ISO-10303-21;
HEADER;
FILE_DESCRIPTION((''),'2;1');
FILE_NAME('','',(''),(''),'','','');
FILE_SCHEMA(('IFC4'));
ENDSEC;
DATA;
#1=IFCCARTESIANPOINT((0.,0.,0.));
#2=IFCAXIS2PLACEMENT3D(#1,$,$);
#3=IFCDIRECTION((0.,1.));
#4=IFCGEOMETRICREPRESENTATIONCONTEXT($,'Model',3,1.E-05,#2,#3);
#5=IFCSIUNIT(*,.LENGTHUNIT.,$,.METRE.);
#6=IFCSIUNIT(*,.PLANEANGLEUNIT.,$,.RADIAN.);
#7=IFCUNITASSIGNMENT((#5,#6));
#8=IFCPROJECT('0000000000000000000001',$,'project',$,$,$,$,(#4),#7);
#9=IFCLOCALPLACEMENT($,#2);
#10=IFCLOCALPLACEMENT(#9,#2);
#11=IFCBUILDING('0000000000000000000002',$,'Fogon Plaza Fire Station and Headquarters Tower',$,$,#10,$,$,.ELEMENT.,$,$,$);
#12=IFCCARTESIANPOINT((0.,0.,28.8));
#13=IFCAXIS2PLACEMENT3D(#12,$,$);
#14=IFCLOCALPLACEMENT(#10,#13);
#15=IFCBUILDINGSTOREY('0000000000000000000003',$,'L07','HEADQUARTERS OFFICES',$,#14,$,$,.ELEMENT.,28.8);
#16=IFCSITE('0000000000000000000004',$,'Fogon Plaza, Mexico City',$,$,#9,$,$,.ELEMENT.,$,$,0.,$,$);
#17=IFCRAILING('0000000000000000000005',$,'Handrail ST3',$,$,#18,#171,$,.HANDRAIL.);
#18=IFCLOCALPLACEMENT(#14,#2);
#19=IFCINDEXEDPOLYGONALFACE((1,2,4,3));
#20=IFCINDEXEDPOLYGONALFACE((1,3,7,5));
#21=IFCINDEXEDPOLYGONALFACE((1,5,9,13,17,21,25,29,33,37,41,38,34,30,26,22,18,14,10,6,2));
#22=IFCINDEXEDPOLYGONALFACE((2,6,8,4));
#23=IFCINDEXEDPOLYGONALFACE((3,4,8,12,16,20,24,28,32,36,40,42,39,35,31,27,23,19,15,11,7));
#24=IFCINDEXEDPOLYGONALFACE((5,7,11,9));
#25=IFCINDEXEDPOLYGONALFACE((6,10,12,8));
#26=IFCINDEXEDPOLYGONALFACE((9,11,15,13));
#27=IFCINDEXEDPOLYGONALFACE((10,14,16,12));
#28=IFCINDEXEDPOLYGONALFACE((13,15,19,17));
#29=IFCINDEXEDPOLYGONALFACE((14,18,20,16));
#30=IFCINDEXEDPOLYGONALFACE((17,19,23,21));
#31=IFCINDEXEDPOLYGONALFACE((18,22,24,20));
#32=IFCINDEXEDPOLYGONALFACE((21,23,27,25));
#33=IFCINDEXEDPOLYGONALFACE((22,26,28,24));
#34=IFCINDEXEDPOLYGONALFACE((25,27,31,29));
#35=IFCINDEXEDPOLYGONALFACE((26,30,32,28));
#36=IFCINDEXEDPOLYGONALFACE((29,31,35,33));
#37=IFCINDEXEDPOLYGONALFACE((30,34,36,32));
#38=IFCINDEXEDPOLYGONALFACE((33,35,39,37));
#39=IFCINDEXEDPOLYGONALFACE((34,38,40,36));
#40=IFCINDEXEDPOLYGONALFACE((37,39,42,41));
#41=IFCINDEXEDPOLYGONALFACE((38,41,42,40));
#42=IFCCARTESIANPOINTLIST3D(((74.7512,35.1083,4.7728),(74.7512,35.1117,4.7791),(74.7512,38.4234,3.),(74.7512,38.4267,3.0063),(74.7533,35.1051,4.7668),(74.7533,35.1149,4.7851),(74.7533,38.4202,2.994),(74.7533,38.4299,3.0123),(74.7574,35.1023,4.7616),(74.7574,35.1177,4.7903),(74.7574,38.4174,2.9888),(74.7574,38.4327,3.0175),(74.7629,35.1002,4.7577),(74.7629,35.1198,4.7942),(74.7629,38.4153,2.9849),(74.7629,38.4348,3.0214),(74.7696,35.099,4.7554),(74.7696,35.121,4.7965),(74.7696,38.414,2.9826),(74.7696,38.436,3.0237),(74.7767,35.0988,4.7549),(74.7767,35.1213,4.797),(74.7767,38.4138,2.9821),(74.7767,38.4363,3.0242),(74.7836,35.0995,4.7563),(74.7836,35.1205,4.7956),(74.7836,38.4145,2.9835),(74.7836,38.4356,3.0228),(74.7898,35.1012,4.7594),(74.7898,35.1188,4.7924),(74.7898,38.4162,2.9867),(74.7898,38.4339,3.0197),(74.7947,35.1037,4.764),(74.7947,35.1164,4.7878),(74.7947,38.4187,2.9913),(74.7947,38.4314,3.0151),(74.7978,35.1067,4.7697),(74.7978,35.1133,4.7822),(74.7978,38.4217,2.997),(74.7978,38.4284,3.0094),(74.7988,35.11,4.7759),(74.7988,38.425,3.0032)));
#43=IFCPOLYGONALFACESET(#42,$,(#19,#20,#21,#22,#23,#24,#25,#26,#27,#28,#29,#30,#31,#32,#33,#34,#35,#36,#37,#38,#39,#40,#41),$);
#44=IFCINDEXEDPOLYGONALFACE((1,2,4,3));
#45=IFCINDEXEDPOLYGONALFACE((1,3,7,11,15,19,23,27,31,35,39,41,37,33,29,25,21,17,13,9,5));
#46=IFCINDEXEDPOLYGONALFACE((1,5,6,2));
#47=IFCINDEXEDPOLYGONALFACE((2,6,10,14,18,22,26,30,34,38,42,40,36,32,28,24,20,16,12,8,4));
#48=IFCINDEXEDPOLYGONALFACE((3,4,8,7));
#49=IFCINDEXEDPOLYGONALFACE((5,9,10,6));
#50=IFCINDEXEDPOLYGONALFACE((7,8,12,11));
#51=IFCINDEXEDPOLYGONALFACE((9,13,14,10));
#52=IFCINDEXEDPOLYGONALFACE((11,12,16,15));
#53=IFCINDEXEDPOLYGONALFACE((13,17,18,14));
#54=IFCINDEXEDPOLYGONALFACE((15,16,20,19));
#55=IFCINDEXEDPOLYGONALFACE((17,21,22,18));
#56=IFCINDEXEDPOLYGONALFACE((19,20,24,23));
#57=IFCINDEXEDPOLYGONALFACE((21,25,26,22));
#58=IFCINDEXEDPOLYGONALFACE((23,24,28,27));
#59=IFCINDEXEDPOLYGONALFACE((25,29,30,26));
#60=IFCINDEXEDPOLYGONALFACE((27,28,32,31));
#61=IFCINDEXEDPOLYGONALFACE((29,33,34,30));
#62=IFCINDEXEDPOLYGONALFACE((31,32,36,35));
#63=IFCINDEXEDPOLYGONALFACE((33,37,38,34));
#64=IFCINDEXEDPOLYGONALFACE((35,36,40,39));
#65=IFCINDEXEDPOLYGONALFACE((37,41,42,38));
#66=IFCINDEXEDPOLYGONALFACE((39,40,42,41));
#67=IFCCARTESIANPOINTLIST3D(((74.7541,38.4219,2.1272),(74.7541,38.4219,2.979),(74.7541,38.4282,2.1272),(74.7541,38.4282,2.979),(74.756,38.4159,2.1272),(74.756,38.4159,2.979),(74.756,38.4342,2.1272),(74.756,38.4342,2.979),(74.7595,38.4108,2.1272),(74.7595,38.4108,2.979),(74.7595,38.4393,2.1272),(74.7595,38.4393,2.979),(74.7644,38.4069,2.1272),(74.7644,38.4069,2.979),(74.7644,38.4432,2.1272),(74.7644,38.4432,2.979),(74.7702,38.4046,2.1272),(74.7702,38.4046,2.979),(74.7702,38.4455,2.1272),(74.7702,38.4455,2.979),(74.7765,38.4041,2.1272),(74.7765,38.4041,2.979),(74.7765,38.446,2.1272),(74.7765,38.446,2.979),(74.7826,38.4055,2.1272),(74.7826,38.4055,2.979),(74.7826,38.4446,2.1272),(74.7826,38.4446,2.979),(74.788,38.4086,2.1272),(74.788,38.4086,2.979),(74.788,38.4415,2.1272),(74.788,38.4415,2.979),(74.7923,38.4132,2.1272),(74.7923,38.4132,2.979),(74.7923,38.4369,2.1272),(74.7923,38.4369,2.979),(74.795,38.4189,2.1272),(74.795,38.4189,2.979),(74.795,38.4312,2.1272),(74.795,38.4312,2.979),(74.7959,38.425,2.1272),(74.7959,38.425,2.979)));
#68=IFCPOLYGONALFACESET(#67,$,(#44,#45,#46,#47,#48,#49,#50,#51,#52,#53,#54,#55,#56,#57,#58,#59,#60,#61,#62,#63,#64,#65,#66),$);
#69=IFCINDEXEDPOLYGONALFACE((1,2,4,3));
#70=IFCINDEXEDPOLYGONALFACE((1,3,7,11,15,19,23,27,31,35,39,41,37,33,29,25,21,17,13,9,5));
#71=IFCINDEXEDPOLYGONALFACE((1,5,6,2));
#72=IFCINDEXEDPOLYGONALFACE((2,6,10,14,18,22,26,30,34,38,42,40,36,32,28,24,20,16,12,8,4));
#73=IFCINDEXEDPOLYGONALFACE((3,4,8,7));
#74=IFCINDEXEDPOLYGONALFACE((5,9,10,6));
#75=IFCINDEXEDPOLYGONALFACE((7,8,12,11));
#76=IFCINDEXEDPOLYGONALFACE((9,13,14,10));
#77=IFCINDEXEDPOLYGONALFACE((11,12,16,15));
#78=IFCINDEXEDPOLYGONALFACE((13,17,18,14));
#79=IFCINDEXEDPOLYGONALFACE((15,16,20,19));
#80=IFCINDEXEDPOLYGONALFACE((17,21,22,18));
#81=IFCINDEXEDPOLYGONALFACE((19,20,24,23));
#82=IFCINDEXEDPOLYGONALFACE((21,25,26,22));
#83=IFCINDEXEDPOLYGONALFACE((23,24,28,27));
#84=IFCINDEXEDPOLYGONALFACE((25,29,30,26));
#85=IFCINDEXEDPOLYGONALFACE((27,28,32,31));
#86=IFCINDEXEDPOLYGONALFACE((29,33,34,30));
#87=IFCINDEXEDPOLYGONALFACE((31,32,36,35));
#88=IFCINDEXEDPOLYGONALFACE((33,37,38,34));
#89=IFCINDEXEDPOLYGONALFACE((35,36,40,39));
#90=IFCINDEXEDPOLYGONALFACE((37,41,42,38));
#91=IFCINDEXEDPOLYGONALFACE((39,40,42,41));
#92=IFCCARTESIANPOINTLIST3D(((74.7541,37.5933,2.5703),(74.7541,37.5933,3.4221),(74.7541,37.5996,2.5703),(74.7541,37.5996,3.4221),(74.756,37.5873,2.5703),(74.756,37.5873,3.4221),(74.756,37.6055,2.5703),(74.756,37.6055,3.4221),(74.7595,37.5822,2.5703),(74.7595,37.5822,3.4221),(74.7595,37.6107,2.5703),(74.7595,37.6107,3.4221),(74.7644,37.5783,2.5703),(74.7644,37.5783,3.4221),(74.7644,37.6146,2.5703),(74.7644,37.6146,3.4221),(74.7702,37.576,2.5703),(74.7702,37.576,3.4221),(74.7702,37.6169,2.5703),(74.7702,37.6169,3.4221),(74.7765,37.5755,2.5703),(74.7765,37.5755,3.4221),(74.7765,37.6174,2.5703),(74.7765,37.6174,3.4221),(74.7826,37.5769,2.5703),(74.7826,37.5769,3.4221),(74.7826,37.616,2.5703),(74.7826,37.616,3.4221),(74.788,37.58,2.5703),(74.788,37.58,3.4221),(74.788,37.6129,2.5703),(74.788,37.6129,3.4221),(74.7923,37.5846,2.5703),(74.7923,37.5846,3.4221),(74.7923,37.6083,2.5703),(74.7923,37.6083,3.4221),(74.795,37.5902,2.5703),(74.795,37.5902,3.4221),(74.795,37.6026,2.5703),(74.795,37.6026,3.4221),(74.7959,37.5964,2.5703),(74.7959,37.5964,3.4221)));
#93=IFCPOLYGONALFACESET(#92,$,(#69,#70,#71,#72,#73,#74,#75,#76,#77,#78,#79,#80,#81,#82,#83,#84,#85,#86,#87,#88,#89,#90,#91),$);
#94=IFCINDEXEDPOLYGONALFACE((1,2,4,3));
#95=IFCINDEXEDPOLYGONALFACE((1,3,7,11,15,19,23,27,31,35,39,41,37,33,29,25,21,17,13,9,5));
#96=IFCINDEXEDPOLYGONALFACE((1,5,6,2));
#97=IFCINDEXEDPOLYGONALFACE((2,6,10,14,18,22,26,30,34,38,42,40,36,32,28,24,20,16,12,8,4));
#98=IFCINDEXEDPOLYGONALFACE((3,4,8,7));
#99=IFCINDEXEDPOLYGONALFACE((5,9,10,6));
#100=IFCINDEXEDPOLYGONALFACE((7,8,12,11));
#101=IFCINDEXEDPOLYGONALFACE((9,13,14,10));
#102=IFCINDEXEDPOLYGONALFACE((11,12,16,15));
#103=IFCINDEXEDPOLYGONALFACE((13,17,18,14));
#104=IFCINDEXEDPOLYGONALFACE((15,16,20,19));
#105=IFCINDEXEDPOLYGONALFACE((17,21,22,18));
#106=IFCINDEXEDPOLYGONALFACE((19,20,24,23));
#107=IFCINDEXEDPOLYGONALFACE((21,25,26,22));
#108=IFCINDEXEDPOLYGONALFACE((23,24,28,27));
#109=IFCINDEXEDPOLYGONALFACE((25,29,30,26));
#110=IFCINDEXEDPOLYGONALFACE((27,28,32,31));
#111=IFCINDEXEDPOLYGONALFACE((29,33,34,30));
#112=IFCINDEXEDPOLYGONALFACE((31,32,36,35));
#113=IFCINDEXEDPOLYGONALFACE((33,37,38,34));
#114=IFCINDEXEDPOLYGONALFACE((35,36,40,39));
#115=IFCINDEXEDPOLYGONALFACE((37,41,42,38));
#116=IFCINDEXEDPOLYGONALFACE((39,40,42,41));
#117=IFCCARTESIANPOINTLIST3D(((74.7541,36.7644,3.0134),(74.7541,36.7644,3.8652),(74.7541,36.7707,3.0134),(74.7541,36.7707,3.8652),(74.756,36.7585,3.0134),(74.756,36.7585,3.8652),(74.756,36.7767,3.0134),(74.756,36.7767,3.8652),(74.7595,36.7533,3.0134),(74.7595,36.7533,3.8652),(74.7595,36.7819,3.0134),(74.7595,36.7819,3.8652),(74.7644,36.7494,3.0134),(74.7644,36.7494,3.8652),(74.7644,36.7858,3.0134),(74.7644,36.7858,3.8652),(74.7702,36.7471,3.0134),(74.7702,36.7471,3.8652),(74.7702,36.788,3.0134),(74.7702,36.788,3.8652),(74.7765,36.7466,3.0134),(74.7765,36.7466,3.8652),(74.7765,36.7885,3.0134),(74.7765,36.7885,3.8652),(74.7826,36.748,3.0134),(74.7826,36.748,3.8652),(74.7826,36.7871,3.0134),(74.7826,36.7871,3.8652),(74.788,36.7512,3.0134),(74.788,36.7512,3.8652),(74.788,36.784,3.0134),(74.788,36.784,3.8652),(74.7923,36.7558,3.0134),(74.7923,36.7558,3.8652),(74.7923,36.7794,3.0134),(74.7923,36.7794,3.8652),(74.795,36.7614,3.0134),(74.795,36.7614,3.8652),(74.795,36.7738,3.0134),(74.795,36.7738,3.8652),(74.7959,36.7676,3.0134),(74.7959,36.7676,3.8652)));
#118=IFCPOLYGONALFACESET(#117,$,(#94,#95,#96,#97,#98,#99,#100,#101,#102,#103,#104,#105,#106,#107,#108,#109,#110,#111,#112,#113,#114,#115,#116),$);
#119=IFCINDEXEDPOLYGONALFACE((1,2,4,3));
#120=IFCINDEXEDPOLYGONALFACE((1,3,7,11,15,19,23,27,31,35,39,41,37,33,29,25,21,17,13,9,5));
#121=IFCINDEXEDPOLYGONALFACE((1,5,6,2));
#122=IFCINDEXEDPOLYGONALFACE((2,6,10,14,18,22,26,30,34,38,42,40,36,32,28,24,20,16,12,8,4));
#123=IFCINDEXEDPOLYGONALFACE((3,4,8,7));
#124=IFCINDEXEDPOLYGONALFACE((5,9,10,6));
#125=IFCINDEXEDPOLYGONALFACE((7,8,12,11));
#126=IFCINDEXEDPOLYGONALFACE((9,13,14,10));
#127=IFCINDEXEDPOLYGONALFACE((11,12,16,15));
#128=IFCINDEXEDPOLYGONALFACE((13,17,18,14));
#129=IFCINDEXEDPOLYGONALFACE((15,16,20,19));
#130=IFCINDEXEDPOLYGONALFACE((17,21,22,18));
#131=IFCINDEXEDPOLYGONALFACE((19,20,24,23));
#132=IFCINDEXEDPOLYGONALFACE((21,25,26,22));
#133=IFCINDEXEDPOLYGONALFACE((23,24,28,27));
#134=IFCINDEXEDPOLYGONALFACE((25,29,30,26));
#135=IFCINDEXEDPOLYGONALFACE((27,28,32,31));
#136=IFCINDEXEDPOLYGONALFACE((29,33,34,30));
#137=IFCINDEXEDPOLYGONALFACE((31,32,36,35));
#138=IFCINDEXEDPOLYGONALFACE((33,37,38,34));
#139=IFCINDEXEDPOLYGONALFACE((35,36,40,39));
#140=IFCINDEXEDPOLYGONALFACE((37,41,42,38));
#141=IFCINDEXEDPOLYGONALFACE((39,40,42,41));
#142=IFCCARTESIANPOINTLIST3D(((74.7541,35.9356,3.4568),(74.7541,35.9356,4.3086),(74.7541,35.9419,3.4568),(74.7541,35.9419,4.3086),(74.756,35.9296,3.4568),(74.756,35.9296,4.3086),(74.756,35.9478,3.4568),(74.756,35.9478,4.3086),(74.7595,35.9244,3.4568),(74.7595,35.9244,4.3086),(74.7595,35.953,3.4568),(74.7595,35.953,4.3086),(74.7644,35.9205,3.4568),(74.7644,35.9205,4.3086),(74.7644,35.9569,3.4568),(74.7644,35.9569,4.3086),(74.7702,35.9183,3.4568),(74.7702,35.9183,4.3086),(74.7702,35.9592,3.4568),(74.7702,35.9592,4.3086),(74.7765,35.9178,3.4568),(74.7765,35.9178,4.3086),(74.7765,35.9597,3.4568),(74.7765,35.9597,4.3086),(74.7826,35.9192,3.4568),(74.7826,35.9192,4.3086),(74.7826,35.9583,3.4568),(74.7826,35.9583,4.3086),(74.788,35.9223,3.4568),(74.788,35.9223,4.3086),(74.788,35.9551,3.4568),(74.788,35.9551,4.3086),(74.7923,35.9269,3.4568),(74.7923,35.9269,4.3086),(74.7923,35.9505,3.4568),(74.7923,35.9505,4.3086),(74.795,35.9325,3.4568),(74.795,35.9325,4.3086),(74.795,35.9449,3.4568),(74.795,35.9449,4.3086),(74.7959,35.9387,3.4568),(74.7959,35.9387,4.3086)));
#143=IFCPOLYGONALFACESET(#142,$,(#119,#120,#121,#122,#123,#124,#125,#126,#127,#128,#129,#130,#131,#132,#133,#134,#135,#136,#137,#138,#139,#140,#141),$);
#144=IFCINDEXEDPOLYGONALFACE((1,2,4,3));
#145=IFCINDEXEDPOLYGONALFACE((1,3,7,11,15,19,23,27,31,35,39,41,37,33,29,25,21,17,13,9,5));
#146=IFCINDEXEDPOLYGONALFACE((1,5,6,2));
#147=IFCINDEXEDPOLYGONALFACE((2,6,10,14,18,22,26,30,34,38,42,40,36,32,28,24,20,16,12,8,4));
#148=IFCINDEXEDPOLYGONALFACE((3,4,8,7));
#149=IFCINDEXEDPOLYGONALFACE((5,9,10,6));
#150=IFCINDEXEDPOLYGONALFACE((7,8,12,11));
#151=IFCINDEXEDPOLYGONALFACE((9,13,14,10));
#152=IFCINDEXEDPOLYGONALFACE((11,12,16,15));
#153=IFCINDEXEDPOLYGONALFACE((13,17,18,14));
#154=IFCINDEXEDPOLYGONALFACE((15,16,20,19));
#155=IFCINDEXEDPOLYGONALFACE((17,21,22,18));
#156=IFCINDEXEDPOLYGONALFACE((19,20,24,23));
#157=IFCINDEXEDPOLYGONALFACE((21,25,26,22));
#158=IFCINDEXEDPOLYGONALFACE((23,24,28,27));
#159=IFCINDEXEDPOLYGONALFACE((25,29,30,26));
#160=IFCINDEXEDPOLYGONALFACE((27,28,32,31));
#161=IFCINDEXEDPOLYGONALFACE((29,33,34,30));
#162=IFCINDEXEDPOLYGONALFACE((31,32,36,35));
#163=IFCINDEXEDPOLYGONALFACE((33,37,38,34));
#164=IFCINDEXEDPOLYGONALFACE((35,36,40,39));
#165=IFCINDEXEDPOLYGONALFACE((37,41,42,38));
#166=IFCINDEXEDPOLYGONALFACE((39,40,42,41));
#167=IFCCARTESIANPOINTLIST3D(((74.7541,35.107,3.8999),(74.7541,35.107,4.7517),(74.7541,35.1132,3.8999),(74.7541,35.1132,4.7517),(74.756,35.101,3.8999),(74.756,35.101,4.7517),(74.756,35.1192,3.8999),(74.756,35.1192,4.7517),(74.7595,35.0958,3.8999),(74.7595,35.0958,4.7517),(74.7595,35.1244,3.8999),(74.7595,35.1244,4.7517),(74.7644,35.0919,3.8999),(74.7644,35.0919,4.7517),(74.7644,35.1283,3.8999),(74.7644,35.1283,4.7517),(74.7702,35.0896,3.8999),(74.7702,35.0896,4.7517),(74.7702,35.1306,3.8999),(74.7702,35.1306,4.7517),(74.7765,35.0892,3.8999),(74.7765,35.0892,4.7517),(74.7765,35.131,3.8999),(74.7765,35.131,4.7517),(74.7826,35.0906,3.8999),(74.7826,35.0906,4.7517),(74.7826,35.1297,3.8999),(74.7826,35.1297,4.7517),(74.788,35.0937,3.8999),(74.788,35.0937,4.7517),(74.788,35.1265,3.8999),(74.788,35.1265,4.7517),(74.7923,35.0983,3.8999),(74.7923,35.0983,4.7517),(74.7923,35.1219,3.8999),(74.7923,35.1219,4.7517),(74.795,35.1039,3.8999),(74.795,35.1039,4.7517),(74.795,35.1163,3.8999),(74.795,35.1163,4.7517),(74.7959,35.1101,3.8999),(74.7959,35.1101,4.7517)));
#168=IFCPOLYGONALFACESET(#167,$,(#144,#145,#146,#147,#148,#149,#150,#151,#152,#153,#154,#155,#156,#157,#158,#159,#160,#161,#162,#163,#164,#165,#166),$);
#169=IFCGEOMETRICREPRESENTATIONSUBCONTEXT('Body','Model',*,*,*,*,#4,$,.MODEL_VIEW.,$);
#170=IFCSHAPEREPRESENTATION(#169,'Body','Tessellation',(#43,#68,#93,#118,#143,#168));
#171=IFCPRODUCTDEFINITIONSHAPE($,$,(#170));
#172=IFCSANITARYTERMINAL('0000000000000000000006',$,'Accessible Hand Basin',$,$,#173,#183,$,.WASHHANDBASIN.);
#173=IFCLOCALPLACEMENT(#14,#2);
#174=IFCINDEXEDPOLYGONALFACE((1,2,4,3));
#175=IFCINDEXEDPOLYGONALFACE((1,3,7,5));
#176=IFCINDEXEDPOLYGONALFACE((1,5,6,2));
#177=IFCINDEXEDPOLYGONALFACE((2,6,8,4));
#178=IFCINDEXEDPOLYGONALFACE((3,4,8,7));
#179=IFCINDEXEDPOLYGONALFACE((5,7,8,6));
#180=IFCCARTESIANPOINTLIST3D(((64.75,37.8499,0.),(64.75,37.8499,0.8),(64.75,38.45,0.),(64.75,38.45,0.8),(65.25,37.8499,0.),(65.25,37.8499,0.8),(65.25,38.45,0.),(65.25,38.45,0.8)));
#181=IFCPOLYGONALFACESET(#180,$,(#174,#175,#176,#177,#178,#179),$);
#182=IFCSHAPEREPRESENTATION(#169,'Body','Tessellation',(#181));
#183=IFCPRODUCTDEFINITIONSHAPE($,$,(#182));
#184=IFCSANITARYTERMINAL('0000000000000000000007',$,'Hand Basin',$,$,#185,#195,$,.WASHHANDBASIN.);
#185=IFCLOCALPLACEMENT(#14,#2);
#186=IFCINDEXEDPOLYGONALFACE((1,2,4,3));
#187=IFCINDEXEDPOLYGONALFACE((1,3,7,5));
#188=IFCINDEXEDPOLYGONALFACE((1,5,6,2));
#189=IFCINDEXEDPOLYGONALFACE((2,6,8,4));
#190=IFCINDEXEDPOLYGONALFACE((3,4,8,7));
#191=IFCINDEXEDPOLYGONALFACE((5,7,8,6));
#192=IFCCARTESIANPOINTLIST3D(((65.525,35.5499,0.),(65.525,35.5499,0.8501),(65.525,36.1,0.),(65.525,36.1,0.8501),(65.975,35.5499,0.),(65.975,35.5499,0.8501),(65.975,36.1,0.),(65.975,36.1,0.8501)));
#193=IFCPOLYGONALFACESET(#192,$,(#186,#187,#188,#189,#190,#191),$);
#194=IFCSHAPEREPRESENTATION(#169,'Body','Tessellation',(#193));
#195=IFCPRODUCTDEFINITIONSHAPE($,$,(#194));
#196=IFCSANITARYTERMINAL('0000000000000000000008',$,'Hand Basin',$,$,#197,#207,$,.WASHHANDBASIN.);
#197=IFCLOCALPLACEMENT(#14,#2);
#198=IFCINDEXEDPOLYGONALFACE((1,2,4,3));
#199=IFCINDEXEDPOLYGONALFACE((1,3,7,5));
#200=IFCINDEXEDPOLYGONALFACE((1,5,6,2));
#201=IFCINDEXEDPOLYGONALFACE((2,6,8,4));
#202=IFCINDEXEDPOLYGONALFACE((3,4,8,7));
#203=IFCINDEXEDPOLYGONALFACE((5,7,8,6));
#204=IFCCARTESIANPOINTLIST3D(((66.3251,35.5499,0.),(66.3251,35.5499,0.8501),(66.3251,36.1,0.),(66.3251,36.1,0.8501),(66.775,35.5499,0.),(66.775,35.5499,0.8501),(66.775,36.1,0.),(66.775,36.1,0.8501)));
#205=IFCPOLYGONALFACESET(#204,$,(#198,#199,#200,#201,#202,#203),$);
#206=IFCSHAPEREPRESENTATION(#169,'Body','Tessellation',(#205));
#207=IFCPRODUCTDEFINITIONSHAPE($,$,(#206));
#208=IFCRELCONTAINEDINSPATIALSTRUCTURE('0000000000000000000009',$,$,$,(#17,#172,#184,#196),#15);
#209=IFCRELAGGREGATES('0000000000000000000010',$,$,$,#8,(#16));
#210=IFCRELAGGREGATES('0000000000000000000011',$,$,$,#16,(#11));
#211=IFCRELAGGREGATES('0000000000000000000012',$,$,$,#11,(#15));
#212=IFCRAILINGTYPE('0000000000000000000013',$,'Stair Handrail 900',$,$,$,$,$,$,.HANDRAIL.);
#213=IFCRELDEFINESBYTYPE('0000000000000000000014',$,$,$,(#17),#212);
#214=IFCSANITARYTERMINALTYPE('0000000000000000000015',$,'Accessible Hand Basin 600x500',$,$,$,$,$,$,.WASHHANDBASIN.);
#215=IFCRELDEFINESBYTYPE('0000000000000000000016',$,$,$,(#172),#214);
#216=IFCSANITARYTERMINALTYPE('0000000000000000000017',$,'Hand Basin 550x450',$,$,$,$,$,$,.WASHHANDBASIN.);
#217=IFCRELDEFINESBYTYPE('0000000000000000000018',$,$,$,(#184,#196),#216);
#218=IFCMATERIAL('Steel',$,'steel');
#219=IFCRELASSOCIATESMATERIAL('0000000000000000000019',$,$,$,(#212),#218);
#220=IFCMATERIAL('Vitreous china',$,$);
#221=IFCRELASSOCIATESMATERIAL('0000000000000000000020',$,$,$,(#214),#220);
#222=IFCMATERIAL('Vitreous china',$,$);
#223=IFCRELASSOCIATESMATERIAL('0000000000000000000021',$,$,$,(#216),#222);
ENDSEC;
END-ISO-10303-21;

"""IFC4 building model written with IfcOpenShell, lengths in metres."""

from ifc_helpers import new_model, si_unit, direction, frame, origin, origin_2d, place, context, subcontext, project, spatial, rectangle, circle, extrude, material, type_object, element, save


model = new_model("IFC4")

# Units and contexts
model_context = context("Model", 3, precision=1e-05, world=origin(), true_north=direction((0.0, 1.0)))
body_context = subcontext(model_context, "Body", "Model", "MODEL_VIEW")
ifc_project = project(units=[si_unit("LENGTHUNIT", "METRE"), si_unit("PLANEANGLEUNIT", "RADIAN")], contexts=[model_context])

# Site, building, storey
site_placement = place(None, origin())
site = spatial("IfcSite", under=ifc_project, at=site_placement, Name="Fogon Plaza, Mexico City", CompositionType="ELEMENT", RefElevation=0.0)
building_placement = place(site_placement, origin())
building = spatial("IfcBuilding", under=site, at=building_placement, Name="Fogon Plaza Fire Station and Headquarters Tower", CompositionType="ELEMENT")
storey_placement = place(building_placement, frame((0.0, 0.0, 28.8)))
storey = spatial("IfcBuildingStorey", under=building, at=storey_placement, Name="L07", Description="HEADQUARTERS OFFICES", CompositionType="ELEMENT", Elevation=28.8)

# Railing
ifc_material_1 = material(Name="Steel", Category="steel")
railing_type = type_object("IfcRailingType", Name="Stair Handrail 900", PredefinedType="HANDRAIL", material=ifc_material_1)
for number, where, name in (
    (1, (74.7749, 38.425, 2.1272), "Handrail ST3"),
):
    element("IfcRailing", number, at=place(storey_placement, frame(where)), inside=storey, type_object=railing_type, Name=name, PredefinedType="HANDRAIL", context=body_context, shape_type="SweptSolid", body=[
        extrude(circle(Radius=0.0239, at=origin_2d()), frame((0.0, 0.0, 0.876), z_axis=(0.0, -0.881829, 0.471569), x_axis=(1.0, 0.0, 0.0)), (0.0, 0.0, 1.0), 3.7593),
        extrude(circle(Radius=0.021, at=origin_2d()), origin(), (0.0, 0.0, 1.0), 0.8518),
        extrude(circle(Radius=0.021, at=origin_2d()), frame((0.0, -0.8286, 0.4431)), (0.0, 0.0, 1.0), 0.8518),
        extrude(circle(Radius=0.021, at=origin_2d()), frame((0.0, -1.6575, 0.8862)), (0.0, 0.0, 1.0), 0.8518),
        extrude(circle(Radius=0.021, at=origin_2d()), frame((0.0, -2.4863, 1.3296)), (0.0, 0.0, 1.0), 0.8518),
        extrude(circle(Radius=0.021, at=origin_2d()), frame((0.0, -3.3149, 1.7727)), (0.0, 0.0, 1.0), 0.8518),
    ])

# Sanitary terminals
ifc_material_2 = material(Name="Vitreous china")
sanitary_terminal_type_1 = type_object("IfcSanitaryTerminalType", Name="Accessible Hand Basin 600x500", PredefinedType="WASHHANDBASIN", material=ifc_material_2)
sanitary_terminal_1_placement = place(storey_placement, frame((65.0, 38.1499, 0.0), z_axis=(0.0, 0.0, 1.0), x_axis=(1.0, 0.0, 0.0)))
element("IfcSanitaryTerminal", 2, at=sanitary_terminal_1_placement, inside=storey, type_object=sanitary_terminal_type_1, Name="Accessible Hand Basin", PredefinedType="WASHHANDBASIN", context=body_context, shape_type="SweptSolid", body=[
    extrude(rectangle(XDim=0.5, YDim=0.6001, at=origin_2d()), origin(), (0.0, 0.0, 1.0), 0.8),
])
ifc_material_3 = material(Name="Vitreous china")
sanitary_terminal_type_2 = type_object("IfcSanitaryTerminalType", Name="Hand Basin 550x450", PredefinedType="WASHHANDBASIN", material=ifc_material_3)
for number, where, z_axis, x_axis, name in (
    (3, (65.75, 35.825, 0.0), (0.0, 0.0, 1.0), (1.0, 0.0, 0.0), "Hand Basin"),
    (4, (66.55, 35.825, 0.0), (0.0, 0.0, 1.0), (1.0, 0.0, 0.0), "Hand Basin"),
):
    element("IfcSanitaryTerminal", number, at=place(storey_placement, frame(where, z_axis=z_axis, x_axis=x_axis)), inside=storey, type_object=sanitary_terminal_type_2, Name=name, PredefinedType="WASHHANDBASIN", context=body_context, shape_type="SweptSolid", body=[
        extrude(rectangle(XDim=0.45, YDim=0.55, at=origin_2d()), origin(), (0.0, 0.0, 1.0), 0.8501),
    ])

save(model, "model.ifc")
